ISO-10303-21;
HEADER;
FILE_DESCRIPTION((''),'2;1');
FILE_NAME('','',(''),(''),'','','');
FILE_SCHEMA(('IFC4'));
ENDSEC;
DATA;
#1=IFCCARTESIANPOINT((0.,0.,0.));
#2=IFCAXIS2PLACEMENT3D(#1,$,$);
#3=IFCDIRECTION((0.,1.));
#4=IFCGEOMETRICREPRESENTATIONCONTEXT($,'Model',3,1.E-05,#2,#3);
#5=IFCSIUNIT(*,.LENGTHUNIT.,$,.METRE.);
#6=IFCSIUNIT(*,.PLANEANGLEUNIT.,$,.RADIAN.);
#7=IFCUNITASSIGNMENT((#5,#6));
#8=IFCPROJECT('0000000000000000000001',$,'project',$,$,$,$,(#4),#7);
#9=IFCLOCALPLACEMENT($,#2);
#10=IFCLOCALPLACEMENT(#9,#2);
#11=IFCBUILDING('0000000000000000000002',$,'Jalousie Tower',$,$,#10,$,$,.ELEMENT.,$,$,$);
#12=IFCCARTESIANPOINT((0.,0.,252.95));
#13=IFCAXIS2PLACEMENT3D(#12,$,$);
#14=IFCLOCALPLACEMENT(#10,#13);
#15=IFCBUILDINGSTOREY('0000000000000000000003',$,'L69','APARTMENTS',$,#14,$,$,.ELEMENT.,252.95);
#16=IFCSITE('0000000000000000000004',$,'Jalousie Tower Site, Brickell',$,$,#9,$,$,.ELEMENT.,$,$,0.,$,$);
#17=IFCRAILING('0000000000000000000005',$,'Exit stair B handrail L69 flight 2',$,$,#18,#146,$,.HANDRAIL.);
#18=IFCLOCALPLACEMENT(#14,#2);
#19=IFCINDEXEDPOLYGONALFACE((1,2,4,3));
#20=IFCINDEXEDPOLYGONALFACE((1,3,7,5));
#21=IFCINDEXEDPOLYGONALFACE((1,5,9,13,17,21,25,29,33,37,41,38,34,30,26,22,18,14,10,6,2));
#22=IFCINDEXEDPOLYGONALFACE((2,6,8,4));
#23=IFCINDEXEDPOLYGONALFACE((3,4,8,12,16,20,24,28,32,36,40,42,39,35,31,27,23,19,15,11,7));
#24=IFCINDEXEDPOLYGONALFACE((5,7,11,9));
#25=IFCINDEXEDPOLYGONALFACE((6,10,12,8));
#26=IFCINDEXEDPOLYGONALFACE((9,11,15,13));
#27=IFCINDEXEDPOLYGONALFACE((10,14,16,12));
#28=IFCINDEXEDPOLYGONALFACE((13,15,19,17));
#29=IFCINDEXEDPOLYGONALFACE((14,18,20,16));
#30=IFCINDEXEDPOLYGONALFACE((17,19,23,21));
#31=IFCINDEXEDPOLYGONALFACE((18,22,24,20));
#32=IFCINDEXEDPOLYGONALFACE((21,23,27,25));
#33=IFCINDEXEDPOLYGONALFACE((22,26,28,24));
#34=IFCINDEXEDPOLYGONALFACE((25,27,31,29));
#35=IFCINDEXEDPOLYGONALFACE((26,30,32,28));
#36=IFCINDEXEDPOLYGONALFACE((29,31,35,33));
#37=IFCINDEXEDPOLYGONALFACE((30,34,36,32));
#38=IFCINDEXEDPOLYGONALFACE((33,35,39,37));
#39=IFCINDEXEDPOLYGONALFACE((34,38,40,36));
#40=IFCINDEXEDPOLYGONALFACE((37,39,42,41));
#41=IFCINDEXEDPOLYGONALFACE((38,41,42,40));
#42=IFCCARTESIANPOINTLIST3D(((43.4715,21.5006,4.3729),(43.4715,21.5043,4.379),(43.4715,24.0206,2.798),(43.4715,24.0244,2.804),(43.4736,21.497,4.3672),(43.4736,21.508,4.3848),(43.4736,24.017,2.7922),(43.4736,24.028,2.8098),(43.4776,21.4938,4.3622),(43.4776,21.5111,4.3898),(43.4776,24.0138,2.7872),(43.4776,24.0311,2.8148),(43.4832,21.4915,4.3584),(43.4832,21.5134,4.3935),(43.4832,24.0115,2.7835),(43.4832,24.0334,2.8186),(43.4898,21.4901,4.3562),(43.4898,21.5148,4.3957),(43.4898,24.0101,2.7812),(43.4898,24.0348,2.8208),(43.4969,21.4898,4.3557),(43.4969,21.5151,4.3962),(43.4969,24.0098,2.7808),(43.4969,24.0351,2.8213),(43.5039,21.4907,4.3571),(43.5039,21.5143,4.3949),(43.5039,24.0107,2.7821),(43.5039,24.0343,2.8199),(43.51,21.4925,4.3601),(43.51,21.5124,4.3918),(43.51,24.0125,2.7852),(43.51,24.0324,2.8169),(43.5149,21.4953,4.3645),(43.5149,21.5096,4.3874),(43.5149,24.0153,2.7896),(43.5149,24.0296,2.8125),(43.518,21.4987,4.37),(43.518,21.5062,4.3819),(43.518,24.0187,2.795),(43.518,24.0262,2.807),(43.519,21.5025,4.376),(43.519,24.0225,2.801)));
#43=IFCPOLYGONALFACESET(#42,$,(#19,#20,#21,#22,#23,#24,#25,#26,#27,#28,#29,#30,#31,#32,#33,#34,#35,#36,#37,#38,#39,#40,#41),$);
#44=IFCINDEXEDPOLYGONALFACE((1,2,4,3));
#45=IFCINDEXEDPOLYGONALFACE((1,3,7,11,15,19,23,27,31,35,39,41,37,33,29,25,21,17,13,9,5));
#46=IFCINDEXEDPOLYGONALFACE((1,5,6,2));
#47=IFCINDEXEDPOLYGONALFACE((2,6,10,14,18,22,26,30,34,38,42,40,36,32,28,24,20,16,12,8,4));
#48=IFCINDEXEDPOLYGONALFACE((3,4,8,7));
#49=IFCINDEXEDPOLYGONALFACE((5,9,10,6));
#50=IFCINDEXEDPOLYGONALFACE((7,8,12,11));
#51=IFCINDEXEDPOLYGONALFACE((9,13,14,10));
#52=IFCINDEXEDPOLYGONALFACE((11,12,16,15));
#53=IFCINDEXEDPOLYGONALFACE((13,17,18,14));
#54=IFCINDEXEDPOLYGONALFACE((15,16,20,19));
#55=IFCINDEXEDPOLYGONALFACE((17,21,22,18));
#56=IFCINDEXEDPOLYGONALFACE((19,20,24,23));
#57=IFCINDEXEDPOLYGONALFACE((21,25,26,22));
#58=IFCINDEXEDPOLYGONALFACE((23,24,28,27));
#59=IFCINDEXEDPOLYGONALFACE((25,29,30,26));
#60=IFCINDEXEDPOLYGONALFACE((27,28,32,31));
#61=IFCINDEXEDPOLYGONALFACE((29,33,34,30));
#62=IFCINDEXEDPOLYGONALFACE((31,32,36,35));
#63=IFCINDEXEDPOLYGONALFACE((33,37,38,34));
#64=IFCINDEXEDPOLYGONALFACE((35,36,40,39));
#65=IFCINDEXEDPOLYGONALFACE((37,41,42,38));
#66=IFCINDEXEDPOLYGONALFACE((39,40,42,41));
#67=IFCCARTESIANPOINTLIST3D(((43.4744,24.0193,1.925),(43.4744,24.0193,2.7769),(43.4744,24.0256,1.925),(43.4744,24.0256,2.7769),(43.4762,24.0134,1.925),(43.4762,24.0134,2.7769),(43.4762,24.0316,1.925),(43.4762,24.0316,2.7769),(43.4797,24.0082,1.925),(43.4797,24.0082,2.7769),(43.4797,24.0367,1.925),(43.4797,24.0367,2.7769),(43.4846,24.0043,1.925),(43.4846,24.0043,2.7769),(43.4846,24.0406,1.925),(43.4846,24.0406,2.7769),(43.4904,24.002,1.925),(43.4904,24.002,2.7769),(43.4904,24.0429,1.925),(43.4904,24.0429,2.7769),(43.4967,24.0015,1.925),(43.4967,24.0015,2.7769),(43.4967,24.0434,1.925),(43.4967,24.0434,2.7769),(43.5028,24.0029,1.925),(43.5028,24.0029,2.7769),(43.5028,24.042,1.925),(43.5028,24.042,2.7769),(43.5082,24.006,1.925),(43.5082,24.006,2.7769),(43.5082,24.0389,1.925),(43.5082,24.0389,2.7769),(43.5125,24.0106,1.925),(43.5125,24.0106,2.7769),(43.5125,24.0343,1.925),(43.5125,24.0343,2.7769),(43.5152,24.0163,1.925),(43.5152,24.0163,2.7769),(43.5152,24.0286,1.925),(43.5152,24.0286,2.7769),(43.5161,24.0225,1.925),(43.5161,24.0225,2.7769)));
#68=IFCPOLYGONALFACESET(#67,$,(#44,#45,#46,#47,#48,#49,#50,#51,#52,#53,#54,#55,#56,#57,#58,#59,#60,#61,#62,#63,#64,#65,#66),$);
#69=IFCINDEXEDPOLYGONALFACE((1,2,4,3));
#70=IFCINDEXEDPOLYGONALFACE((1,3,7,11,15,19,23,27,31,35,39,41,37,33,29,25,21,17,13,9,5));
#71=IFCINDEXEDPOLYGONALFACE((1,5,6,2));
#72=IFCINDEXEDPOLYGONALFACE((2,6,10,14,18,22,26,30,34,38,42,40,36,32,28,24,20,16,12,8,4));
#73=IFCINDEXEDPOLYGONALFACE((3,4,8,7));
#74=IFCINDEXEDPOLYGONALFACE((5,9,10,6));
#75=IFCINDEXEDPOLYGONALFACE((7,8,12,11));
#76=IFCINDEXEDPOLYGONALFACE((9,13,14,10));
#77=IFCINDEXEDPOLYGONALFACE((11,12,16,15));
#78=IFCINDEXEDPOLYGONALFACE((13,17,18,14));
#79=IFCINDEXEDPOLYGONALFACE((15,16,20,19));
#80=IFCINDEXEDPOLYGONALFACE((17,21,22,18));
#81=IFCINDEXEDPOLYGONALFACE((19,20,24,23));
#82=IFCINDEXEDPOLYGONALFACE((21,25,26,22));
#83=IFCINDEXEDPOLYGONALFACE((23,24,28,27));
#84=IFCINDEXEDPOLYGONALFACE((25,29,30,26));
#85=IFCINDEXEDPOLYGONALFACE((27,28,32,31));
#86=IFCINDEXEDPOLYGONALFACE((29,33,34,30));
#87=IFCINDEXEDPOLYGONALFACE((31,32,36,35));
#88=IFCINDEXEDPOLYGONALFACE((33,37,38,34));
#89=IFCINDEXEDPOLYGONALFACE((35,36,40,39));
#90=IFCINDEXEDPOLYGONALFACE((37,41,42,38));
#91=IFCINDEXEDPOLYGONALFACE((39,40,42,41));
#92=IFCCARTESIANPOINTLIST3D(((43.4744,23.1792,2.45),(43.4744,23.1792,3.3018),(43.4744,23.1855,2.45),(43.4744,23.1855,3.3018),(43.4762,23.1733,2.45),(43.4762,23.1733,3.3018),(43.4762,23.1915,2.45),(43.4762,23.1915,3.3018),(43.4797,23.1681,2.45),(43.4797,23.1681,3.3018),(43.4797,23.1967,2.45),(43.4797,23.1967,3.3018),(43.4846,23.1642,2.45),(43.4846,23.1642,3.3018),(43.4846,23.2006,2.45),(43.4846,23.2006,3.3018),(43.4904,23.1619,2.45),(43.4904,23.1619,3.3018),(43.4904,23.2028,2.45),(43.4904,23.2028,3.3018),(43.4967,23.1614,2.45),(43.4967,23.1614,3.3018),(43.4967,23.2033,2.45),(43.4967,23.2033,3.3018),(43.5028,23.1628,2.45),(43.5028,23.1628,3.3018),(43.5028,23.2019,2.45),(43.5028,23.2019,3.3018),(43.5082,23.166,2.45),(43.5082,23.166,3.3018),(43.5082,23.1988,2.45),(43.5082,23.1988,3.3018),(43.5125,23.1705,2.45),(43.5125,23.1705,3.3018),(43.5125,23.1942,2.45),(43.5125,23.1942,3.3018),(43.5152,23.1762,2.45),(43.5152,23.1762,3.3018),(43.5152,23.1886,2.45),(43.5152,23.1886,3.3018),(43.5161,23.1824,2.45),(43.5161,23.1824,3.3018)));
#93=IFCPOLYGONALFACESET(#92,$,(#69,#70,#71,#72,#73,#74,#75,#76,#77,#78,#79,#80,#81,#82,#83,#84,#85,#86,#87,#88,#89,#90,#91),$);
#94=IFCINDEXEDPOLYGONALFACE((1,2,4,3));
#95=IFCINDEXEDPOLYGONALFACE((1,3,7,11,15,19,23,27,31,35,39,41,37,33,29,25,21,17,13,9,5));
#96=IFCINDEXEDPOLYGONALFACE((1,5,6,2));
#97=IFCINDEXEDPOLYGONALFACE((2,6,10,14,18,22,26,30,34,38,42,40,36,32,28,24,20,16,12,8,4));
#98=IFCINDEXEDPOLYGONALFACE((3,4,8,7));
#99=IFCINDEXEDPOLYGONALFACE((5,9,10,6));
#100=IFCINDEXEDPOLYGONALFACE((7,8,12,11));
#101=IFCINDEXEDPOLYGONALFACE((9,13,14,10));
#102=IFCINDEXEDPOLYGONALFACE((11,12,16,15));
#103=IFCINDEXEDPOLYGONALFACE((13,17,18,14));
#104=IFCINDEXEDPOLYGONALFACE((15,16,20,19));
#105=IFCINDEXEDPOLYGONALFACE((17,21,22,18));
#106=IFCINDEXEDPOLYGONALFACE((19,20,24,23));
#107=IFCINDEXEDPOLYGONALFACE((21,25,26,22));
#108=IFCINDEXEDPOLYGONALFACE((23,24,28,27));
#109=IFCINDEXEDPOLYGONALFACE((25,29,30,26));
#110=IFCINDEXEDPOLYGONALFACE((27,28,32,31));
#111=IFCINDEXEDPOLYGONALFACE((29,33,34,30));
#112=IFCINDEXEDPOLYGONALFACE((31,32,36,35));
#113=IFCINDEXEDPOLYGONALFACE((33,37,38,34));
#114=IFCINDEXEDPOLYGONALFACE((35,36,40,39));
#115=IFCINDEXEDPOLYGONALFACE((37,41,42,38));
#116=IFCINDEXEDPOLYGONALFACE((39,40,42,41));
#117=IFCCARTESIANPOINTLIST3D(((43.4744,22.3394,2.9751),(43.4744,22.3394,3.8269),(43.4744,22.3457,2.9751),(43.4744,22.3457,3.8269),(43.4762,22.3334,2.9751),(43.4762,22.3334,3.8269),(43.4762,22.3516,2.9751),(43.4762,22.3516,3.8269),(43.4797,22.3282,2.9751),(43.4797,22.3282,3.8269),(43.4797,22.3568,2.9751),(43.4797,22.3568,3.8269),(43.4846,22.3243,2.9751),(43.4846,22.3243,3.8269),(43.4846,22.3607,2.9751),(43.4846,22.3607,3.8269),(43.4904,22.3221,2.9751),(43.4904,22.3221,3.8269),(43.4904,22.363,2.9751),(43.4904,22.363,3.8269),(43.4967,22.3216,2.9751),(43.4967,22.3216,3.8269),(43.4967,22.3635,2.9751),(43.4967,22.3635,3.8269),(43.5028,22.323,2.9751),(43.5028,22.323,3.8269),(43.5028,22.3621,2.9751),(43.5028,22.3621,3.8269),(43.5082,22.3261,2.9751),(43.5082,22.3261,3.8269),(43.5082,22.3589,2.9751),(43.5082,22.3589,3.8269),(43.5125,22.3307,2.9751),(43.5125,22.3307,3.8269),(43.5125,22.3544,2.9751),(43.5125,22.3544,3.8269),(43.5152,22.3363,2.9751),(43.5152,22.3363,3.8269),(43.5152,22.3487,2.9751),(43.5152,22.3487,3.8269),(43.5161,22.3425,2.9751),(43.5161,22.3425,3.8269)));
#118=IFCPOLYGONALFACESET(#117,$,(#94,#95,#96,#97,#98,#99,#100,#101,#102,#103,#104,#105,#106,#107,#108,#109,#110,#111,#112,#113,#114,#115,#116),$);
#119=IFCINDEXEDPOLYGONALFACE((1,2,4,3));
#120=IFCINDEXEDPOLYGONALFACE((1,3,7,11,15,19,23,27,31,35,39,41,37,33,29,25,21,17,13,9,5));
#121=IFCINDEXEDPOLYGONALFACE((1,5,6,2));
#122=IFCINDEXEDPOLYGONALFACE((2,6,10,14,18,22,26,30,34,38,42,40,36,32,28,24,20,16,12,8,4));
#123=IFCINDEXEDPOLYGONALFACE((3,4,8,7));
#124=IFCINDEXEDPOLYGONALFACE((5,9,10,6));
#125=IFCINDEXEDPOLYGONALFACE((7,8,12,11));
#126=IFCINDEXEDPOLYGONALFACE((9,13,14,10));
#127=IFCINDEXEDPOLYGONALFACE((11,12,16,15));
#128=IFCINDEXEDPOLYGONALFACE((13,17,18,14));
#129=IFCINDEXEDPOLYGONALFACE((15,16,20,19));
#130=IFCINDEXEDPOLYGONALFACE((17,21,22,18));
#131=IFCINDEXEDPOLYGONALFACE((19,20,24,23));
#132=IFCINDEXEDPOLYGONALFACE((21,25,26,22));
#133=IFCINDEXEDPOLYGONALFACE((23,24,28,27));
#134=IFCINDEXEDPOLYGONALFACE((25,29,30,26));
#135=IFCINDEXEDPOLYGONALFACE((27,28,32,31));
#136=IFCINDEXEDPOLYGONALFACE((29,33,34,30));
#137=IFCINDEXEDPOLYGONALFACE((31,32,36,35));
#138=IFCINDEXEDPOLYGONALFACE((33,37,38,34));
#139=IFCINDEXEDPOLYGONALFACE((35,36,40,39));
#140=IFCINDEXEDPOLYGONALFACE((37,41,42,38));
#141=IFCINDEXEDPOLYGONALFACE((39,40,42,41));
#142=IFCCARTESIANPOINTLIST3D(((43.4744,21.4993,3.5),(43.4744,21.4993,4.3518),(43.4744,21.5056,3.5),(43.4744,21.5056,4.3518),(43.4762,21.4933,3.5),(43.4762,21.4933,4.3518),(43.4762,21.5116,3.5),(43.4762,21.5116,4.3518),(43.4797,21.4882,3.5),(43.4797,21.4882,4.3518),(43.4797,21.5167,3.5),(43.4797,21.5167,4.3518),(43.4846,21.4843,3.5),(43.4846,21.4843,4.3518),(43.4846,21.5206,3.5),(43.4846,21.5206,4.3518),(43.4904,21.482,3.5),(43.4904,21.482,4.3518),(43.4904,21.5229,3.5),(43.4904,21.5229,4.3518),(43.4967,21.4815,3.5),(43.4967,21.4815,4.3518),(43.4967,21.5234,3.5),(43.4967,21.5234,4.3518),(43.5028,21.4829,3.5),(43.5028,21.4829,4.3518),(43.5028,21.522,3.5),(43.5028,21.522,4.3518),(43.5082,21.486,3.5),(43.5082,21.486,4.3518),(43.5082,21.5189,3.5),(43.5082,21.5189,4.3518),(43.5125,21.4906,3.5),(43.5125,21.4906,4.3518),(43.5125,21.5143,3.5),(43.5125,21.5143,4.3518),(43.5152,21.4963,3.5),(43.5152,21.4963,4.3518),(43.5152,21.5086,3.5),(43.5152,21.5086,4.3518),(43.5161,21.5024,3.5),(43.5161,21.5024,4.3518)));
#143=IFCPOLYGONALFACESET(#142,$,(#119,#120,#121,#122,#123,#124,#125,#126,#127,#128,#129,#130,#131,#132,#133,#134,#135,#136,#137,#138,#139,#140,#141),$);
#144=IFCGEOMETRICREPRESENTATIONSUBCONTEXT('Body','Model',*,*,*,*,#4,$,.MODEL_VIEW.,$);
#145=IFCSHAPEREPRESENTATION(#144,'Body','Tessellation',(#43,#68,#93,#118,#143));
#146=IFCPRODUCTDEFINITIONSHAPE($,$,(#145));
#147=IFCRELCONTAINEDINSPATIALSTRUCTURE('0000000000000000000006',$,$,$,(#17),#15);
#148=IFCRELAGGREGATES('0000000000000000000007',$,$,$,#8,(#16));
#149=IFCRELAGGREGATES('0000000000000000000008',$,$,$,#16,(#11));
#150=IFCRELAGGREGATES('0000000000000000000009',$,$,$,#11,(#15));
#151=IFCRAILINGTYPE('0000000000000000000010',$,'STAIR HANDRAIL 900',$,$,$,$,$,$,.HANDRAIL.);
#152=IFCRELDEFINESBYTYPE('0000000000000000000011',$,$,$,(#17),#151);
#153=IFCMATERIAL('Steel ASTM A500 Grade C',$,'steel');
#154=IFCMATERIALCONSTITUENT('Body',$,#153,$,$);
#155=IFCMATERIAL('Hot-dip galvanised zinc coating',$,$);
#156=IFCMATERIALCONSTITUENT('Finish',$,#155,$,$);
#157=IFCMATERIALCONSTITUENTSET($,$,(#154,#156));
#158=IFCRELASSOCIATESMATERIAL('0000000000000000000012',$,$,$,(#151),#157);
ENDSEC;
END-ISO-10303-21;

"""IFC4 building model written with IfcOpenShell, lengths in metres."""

from ifc_helpers import new_model, si_unit, direction, frame, origin, origin_2d, place, context, subcontext, project, spatial, circle, extrude, material, constituent, constituent_set, type_object, element, save


model = new_model("IFC4")

# Units and contexts
model_context = context("Model", 3, precision=1e-05, world=origin(), true_north=direction((0.0, 1.0)))
body_context = subcontext(model_context, "Body", "Model", "MODEL_VIEW")
ifc_project = project(units=[si_unit("LENGTHUNIT", "METRE"), si_unit("PLANEANGLEUNIT", "RADIAN")], contexts=[model_context])

# Site, building, storey
site_placement = place(None, origin())
site = spatial("IfcSite", under=ifc_project, at=site_placement, Name="Jalousie Tower Site, Brickell", CompositionType="ELEMENT", RefElevation=0.0)
building_placement = place(site_placement, origin())
building = spatial("IfcBuilding", under=site, at=building_placement, Name="Jalousie Tower", CompositionType="ELEMENT")
storey_placement = place(building_placement, frame((0.0, 0.0, 252.95)))
storey = spatial("IfcBuildingStorey", under=building, at=storey_placement, Name="L69", Description="APARTMENTS", CompositionType="ELEMENT", Elevation=252.95)

# Railing
ifc_material_1 = material(Name="Steel ASTM A500 Grade C", Category="steel")
ifc_constituent_1 = constituent(ifc_material_1, Name="Body")
ifc_material_2 = material(Name="Hot-dip galvanised zinc coating")
ifc_constituent_2 = constituent(ifc_material_2, Name="Finish")
ifc_constituent_set_1 = constituent_set(constituents=[ifc_constituent_1, ifc_constituent_2])
railing_type_1 = type_object("IfcRailingType", Name="STAIR HANDRAIL 900", PredefinedType="HANDRAIL", material=ifc_constituent_set_1)
railing_1_placement = place(storey_placement, frame((43.4951, 24.0225, 1.925)))
element("IfcRailing", 1, at=railing_1_placement, inside=storey, type_object=railing_type_1, Name="Exit stair B handrail L69 flight 2", PredefinedType="HANDRAIL", context=body_context, shape_type="SweptSolid", body=[
    extrude(circle(Radius=0.0239, at=origin_2d()), frame((0.0, 0.0, 0.876), z_axis=(0.0, -0.848008, 0.529984), x_axis=(1.0, 0.0, 0.0)), (0.0, 0.0, 1.0), 2.9717),
    extrude(circle(Radius=0.021, at=origin_2d()), origin(), (0.0, 0.0, 1.0), 0.8518),
    extrude(circle(Radius=0.021, at=origin_2d()), frame((0.0, -0.8401, 0.5249)), (0.0, 0.0, 1.0), 0.8518),
    extrude(circle(Radius=0.021, at=origin_2d()), frame((0.0, -1.6799, 1.05)), (0.0, 0.0, 1.0), 0.8518),
    extrude(circle(Radius=0.021, at=origin_2d()), frame((0.0, -2.52, 1.575)), (0.0, 0.0, 1.0), 0.8518),
])

save(model, "model.ifc")
